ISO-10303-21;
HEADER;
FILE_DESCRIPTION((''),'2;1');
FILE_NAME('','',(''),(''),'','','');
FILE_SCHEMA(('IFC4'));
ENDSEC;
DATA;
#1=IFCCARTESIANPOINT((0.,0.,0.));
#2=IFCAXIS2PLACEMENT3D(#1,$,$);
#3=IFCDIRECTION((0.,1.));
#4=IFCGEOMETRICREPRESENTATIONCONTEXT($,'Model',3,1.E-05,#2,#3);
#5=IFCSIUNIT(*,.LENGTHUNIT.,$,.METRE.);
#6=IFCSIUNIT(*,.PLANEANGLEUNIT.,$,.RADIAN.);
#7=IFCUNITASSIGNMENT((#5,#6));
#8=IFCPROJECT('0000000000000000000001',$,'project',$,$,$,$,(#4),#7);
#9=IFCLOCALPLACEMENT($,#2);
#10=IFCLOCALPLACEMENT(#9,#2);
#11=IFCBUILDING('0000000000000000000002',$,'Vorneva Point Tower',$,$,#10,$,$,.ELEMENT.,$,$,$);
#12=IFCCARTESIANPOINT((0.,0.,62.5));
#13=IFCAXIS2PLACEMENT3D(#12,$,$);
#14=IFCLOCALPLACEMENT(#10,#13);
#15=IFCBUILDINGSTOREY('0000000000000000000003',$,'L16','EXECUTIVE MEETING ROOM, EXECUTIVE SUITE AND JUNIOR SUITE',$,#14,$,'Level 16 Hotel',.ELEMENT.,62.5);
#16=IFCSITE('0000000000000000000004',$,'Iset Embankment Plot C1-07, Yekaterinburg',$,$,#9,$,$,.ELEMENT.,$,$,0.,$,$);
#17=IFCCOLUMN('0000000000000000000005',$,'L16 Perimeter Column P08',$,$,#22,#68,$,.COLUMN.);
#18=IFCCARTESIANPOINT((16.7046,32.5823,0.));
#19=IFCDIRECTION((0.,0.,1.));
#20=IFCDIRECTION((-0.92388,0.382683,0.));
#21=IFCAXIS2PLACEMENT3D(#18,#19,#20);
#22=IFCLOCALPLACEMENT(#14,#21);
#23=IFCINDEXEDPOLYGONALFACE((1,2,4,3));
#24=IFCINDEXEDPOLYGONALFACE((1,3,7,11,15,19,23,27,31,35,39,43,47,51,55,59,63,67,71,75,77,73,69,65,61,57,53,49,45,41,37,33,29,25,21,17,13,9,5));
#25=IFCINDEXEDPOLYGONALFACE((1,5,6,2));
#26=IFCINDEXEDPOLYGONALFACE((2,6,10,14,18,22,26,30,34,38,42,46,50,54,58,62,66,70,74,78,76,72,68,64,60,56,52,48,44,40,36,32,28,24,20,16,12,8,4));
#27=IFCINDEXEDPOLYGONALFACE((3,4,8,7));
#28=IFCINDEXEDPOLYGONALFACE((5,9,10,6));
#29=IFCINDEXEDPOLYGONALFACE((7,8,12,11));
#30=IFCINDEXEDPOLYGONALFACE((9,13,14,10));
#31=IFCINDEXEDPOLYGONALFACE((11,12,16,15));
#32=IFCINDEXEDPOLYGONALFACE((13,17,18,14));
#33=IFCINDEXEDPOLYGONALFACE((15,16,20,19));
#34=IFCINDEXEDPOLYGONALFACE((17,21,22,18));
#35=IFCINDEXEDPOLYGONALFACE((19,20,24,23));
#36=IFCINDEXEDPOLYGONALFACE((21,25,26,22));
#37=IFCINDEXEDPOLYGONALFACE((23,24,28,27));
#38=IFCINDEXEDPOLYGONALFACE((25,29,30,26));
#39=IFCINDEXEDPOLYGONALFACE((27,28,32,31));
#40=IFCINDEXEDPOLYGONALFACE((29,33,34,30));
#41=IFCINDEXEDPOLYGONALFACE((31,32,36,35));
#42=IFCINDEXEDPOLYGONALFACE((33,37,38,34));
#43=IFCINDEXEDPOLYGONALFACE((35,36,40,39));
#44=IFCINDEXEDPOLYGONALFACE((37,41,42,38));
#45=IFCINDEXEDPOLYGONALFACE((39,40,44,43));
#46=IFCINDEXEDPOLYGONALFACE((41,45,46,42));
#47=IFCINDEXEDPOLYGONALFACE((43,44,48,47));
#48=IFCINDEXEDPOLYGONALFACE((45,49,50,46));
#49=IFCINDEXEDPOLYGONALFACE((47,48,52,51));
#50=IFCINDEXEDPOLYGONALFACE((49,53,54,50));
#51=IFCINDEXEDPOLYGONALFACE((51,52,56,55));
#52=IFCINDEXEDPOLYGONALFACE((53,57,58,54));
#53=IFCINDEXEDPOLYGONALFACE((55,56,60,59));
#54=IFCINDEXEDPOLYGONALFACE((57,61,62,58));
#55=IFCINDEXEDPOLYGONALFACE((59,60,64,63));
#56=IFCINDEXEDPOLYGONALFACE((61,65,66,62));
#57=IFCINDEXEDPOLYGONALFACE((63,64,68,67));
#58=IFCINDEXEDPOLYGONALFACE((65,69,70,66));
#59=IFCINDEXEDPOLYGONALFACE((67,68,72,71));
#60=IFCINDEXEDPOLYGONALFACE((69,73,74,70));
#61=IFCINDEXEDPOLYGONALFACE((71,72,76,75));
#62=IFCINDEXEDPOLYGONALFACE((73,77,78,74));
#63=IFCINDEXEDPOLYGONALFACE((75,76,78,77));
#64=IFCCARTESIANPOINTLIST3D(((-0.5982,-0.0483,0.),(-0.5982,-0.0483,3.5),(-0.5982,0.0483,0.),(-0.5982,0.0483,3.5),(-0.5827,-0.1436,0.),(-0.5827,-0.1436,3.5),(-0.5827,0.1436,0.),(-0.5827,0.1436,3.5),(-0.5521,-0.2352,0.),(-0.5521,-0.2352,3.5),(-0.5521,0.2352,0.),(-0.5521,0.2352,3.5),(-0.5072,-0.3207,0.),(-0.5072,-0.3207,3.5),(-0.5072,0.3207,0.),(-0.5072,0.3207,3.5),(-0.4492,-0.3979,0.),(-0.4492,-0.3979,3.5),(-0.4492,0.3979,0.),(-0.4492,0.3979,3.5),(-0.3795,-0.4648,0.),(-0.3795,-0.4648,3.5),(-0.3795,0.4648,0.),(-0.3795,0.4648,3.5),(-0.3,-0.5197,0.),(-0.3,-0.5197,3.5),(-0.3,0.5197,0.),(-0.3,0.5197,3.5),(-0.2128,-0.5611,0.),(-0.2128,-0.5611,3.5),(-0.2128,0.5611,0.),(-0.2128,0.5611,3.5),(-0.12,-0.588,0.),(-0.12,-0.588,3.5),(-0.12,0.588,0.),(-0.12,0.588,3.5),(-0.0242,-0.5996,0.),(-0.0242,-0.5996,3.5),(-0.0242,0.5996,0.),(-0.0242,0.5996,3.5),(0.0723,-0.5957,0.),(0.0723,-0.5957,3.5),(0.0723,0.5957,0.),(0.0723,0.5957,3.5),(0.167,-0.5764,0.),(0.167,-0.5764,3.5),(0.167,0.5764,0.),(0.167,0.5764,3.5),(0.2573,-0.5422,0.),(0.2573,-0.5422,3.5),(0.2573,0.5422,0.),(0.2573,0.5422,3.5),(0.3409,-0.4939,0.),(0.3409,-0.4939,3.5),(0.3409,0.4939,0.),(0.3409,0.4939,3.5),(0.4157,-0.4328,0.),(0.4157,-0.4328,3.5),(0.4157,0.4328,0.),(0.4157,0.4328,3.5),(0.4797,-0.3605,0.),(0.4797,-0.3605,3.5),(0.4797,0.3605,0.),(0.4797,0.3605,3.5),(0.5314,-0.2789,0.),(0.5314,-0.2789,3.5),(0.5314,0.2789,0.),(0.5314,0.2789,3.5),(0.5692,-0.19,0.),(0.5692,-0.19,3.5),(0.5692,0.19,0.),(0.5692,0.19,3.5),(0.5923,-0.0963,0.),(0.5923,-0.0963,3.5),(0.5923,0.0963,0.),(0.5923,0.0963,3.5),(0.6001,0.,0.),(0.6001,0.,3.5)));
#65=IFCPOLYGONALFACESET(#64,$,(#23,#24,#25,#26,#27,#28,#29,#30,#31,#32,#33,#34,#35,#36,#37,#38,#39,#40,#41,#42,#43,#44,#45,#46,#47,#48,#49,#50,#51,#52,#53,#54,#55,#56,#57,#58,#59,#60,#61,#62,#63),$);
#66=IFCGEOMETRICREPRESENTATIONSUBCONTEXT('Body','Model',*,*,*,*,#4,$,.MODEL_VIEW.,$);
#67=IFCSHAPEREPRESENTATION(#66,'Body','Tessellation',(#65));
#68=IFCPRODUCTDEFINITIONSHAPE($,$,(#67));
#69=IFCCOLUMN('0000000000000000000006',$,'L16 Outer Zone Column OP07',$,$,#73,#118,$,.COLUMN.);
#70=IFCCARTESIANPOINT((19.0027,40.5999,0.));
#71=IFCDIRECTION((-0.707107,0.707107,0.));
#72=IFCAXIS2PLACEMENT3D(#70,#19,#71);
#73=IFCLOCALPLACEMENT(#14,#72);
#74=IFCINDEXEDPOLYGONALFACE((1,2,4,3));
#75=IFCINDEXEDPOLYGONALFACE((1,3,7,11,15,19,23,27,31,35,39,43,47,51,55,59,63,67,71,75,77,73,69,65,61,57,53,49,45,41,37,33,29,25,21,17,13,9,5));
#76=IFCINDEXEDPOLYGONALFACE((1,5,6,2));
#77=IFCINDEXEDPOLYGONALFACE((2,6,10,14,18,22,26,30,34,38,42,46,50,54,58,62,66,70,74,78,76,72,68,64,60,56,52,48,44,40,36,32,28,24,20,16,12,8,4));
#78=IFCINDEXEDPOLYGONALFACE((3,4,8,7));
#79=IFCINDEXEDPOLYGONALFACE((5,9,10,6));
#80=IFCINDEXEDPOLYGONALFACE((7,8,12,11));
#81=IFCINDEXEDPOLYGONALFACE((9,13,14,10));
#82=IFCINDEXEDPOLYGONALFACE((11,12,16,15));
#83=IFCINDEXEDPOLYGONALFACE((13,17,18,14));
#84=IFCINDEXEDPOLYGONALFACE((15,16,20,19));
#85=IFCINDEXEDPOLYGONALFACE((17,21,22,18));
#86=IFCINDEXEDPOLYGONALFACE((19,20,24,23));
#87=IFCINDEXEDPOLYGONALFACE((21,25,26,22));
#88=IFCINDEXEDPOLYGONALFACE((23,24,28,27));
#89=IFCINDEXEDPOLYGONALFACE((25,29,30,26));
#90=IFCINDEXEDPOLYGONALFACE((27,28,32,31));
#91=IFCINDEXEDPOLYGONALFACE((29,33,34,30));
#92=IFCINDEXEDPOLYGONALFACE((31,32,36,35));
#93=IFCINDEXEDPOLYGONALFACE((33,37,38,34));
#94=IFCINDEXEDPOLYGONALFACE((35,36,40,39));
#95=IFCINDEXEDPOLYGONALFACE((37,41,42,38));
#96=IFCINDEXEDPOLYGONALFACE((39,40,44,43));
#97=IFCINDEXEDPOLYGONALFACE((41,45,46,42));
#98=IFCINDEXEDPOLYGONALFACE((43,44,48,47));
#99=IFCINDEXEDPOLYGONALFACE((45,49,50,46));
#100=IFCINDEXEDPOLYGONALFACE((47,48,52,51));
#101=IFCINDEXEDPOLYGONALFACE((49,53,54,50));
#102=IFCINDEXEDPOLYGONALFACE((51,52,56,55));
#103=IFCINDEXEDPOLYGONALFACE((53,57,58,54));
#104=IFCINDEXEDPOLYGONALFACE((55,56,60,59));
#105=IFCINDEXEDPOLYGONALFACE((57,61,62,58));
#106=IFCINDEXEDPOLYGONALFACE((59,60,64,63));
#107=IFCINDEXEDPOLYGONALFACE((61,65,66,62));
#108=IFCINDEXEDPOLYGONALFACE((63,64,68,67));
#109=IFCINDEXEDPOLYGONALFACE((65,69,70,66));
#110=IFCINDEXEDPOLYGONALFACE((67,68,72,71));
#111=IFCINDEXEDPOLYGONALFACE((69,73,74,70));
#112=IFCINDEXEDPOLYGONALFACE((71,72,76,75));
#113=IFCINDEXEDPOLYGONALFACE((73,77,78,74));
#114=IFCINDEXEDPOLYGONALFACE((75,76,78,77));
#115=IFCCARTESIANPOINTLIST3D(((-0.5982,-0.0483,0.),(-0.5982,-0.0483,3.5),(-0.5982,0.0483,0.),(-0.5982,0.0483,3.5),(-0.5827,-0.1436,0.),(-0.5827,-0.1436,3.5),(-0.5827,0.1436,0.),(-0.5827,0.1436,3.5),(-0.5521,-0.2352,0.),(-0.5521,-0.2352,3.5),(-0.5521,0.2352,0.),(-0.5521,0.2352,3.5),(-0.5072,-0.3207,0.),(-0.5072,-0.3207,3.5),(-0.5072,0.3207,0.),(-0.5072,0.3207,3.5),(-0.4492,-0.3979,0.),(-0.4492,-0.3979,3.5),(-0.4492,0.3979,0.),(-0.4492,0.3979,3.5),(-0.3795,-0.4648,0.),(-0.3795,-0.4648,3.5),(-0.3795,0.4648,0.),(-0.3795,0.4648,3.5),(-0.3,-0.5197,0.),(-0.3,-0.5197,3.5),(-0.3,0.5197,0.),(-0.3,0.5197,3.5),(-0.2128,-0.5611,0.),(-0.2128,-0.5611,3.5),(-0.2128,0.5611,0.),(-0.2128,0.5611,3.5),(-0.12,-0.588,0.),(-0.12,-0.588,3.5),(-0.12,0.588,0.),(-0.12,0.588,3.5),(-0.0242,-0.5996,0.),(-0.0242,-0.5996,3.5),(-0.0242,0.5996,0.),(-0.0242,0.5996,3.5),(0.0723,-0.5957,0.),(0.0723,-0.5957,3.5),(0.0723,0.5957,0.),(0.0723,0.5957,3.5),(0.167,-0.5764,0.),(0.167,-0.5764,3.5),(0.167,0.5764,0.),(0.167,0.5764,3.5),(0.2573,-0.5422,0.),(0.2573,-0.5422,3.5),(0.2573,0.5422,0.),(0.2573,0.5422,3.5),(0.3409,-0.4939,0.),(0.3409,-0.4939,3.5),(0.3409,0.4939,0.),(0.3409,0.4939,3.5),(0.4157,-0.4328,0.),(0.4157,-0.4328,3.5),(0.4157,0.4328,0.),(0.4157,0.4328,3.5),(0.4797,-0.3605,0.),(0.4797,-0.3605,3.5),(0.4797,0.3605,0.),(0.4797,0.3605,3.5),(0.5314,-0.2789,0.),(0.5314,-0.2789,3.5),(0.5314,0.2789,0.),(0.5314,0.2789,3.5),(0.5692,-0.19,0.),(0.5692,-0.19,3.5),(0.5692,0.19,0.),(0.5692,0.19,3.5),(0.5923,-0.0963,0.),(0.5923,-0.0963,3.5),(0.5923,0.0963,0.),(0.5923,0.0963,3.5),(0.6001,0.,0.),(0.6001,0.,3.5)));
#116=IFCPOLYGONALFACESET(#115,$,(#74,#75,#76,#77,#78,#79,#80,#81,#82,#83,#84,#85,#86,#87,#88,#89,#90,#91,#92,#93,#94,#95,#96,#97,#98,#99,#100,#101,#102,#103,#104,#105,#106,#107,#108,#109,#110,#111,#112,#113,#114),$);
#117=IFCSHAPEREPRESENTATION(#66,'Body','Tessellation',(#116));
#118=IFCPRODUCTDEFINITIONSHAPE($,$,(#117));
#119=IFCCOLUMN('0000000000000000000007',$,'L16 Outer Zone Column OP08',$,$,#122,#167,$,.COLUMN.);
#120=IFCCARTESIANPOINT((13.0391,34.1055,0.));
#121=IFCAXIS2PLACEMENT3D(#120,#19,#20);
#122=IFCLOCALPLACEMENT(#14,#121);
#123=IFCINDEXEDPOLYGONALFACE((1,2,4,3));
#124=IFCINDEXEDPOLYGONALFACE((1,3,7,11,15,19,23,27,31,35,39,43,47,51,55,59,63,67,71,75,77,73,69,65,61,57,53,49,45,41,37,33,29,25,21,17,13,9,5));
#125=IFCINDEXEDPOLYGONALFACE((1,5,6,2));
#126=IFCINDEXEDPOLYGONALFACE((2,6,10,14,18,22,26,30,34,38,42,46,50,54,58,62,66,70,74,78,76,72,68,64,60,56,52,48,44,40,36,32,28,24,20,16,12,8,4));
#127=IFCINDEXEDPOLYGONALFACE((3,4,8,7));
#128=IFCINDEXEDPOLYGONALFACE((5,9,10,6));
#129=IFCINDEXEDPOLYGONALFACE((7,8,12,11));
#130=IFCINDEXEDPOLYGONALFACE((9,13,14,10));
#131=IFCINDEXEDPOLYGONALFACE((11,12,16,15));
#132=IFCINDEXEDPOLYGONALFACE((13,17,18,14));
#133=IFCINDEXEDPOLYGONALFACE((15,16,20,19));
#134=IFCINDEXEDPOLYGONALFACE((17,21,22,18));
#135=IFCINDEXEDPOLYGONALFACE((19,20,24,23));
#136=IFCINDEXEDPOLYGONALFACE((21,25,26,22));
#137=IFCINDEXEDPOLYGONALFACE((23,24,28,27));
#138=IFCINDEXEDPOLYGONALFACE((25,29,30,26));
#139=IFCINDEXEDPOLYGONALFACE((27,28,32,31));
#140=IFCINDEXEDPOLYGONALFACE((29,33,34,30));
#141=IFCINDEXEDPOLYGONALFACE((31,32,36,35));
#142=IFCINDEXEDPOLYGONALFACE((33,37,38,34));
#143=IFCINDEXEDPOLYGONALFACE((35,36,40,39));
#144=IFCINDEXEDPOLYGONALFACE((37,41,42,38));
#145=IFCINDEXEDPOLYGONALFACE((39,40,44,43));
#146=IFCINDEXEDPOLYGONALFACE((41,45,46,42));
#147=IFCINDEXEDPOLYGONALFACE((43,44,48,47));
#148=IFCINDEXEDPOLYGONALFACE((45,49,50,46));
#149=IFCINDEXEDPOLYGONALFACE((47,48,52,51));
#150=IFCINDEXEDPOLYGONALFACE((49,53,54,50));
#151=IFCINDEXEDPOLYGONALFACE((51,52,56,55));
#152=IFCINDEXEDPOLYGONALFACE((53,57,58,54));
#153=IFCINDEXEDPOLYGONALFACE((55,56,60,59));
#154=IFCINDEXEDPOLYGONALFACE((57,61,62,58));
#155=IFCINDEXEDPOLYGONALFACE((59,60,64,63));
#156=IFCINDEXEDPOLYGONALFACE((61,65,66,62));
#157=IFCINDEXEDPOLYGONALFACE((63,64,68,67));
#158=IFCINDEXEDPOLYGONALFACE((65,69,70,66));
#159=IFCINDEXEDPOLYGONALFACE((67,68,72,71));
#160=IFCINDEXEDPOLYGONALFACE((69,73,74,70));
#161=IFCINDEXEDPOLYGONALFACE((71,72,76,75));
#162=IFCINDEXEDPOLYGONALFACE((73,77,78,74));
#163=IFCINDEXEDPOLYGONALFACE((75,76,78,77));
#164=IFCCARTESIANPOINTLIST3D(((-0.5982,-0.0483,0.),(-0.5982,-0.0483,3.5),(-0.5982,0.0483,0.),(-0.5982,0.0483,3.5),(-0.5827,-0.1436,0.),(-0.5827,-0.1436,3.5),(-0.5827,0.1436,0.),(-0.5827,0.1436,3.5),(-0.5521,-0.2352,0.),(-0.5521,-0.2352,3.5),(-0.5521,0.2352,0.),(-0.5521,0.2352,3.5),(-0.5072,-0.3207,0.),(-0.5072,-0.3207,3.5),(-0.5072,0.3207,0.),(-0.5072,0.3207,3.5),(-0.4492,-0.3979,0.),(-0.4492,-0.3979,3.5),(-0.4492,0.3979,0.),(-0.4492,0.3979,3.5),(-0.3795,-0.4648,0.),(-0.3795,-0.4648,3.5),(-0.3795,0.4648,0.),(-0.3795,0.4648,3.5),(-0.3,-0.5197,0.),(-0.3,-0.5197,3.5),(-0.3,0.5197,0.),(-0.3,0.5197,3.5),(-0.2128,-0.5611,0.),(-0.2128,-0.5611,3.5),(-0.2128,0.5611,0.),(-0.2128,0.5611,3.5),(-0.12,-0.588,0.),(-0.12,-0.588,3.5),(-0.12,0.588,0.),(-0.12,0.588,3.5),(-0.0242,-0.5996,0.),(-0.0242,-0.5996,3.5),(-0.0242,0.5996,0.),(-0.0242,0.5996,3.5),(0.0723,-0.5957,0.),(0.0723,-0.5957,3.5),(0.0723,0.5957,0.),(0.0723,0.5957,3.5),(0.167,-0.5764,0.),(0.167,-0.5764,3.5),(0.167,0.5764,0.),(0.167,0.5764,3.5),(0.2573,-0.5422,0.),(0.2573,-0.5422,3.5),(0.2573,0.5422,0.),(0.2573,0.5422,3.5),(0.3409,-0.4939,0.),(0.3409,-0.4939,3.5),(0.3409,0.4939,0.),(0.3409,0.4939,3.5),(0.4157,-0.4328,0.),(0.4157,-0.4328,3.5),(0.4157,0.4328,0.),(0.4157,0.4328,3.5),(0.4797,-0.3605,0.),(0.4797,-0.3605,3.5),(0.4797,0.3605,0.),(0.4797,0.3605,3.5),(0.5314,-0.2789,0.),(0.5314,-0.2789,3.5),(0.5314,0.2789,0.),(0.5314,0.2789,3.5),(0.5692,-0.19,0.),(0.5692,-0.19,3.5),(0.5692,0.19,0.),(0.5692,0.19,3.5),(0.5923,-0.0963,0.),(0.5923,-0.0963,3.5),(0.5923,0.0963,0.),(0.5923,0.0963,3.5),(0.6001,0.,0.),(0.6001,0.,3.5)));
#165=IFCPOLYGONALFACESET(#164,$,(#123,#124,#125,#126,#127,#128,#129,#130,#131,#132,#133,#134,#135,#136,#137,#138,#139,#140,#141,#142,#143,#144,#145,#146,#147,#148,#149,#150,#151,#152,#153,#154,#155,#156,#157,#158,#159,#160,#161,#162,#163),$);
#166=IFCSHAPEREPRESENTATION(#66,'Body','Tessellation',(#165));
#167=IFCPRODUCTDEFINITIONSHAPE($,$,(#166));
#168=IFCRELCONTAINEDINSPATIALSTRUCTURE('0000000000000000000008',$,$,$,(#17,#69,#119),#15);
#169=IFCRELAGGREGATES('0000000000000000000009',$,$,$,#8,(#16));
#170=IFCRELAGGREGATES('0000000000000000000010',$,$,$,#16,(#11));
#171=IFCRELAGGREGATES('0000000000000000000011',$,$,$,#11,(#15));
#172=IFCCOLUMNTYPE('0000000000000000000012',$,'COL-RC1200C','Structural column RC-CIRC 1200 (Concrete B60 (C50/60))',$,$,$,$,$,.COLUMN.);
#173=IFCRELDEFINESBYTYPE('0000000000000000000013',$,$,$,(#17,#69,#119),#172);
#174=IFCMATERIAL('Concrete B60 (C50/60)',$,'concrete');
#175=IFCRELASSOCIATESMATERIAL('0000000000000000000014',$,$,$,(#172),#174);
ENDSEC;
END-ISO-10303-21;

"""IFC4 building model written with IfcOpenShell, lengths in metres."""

from ifc_helpers import new_model, si_unit, direction, frame, origin, origin_2d, place, context, subcontext, project, spatial, circle, extrude, material, material_profile, profile_set, type_object, element, save


model = new_model("IFC4")

# Units and contexts
model_context = context("Model", 3, precision=1e-05, world=origin(), true_north=direction((0.0, 1.0)))
body_context = subcontext(model_context, "Body", "Model", "MODEL_VIEW")
ifc_project = project(units=[si_unit("LENGTHUNIT", "METRE"), si_unit("PLANEANGLEUNIT", "RADIAN")], contexts=[model_context])

# Site, building, storey
site_placement = place(None, origin())
site = spatial("IfcSite", under=ifc_project, at=site_placement, Name="Iset Embankment Plot C1-07, Yekaterinburg", CompositionType="ELEMENT", RefElevation=0.0)
building_placement = place(site_placement, origin())
building = spatial("IfcBuilding", under=site, at=building_placement, Name="Vorneva Point Tower", CompositionType="ELEMENT")
storey_placement = place(building_placement, frame((0.0, 0.0, 62.5)))
storey = spatial("IfcBuildingStorey", under=building, at=storey_placement, Name="L16", Description="EXECUTIVE MEETING ROOM, EXECUTIVE SUITE AND JUNIOR SUITE", LongName="Level 16 Hotel", CompositionType="ELEMENT", Elevation=62.5)

# Columns
ifc_material_1 = material(Name="Concrete B60 (C50/60)", Category="concrete")
ifc_material_profile_1 = material_profile(ifc_material_1, circle(Radius=0.6001, at=origin_2d()), Name="RC-CIRC 1200")
ifc_profile_set_1 = profile_set([ifc_material_profile_1], Name="Concrete B60 (C50/60)")
column_type = type_object("IfcColumnType", Name="COL-RC1200C", Description="Structural column RC-CIRC 1200 (Concrete B60 (C50/60))", PredefinedType="COLUMN", material=ifc_profile_set_1)
for number, where, z_axis, x_axis, name in (
    (1, (16.7046, 32.5823, 0.0), (0.0, 0.0, 1.0), (-0.92388, 0.382683, 0.0), "L16 Perimeter Column P08"),
    (2, (19.0027, 40.5999, 0.0), (0.0, 0.0, 1.0), (-0.707107, 0.707107, 0.0), "L16 Outer Zone Column OP07"),
    (3, (13.0391, 34.1055, 0.0), (0.0, 0.0, 1.0), (-0.92388, 0.382683, 0.0), "L16 Outer Zone Column OP08"),
):
    element("IfcColumn", number, at=place(storey_placement, frame(where, z_axis=z_axis, x_axis=x_axis)), inside=storey, type_object=column_type, Name=name, PredefinedType="COLUMN", context=body_context, shape_type="SweptSolid", body=[
        extrude(circle(Radius=0.6001, at=origin_2d()), origin(), (0.0, 0.0, 1.0), 3.5),
    ])

save(model, "model.ifc")
